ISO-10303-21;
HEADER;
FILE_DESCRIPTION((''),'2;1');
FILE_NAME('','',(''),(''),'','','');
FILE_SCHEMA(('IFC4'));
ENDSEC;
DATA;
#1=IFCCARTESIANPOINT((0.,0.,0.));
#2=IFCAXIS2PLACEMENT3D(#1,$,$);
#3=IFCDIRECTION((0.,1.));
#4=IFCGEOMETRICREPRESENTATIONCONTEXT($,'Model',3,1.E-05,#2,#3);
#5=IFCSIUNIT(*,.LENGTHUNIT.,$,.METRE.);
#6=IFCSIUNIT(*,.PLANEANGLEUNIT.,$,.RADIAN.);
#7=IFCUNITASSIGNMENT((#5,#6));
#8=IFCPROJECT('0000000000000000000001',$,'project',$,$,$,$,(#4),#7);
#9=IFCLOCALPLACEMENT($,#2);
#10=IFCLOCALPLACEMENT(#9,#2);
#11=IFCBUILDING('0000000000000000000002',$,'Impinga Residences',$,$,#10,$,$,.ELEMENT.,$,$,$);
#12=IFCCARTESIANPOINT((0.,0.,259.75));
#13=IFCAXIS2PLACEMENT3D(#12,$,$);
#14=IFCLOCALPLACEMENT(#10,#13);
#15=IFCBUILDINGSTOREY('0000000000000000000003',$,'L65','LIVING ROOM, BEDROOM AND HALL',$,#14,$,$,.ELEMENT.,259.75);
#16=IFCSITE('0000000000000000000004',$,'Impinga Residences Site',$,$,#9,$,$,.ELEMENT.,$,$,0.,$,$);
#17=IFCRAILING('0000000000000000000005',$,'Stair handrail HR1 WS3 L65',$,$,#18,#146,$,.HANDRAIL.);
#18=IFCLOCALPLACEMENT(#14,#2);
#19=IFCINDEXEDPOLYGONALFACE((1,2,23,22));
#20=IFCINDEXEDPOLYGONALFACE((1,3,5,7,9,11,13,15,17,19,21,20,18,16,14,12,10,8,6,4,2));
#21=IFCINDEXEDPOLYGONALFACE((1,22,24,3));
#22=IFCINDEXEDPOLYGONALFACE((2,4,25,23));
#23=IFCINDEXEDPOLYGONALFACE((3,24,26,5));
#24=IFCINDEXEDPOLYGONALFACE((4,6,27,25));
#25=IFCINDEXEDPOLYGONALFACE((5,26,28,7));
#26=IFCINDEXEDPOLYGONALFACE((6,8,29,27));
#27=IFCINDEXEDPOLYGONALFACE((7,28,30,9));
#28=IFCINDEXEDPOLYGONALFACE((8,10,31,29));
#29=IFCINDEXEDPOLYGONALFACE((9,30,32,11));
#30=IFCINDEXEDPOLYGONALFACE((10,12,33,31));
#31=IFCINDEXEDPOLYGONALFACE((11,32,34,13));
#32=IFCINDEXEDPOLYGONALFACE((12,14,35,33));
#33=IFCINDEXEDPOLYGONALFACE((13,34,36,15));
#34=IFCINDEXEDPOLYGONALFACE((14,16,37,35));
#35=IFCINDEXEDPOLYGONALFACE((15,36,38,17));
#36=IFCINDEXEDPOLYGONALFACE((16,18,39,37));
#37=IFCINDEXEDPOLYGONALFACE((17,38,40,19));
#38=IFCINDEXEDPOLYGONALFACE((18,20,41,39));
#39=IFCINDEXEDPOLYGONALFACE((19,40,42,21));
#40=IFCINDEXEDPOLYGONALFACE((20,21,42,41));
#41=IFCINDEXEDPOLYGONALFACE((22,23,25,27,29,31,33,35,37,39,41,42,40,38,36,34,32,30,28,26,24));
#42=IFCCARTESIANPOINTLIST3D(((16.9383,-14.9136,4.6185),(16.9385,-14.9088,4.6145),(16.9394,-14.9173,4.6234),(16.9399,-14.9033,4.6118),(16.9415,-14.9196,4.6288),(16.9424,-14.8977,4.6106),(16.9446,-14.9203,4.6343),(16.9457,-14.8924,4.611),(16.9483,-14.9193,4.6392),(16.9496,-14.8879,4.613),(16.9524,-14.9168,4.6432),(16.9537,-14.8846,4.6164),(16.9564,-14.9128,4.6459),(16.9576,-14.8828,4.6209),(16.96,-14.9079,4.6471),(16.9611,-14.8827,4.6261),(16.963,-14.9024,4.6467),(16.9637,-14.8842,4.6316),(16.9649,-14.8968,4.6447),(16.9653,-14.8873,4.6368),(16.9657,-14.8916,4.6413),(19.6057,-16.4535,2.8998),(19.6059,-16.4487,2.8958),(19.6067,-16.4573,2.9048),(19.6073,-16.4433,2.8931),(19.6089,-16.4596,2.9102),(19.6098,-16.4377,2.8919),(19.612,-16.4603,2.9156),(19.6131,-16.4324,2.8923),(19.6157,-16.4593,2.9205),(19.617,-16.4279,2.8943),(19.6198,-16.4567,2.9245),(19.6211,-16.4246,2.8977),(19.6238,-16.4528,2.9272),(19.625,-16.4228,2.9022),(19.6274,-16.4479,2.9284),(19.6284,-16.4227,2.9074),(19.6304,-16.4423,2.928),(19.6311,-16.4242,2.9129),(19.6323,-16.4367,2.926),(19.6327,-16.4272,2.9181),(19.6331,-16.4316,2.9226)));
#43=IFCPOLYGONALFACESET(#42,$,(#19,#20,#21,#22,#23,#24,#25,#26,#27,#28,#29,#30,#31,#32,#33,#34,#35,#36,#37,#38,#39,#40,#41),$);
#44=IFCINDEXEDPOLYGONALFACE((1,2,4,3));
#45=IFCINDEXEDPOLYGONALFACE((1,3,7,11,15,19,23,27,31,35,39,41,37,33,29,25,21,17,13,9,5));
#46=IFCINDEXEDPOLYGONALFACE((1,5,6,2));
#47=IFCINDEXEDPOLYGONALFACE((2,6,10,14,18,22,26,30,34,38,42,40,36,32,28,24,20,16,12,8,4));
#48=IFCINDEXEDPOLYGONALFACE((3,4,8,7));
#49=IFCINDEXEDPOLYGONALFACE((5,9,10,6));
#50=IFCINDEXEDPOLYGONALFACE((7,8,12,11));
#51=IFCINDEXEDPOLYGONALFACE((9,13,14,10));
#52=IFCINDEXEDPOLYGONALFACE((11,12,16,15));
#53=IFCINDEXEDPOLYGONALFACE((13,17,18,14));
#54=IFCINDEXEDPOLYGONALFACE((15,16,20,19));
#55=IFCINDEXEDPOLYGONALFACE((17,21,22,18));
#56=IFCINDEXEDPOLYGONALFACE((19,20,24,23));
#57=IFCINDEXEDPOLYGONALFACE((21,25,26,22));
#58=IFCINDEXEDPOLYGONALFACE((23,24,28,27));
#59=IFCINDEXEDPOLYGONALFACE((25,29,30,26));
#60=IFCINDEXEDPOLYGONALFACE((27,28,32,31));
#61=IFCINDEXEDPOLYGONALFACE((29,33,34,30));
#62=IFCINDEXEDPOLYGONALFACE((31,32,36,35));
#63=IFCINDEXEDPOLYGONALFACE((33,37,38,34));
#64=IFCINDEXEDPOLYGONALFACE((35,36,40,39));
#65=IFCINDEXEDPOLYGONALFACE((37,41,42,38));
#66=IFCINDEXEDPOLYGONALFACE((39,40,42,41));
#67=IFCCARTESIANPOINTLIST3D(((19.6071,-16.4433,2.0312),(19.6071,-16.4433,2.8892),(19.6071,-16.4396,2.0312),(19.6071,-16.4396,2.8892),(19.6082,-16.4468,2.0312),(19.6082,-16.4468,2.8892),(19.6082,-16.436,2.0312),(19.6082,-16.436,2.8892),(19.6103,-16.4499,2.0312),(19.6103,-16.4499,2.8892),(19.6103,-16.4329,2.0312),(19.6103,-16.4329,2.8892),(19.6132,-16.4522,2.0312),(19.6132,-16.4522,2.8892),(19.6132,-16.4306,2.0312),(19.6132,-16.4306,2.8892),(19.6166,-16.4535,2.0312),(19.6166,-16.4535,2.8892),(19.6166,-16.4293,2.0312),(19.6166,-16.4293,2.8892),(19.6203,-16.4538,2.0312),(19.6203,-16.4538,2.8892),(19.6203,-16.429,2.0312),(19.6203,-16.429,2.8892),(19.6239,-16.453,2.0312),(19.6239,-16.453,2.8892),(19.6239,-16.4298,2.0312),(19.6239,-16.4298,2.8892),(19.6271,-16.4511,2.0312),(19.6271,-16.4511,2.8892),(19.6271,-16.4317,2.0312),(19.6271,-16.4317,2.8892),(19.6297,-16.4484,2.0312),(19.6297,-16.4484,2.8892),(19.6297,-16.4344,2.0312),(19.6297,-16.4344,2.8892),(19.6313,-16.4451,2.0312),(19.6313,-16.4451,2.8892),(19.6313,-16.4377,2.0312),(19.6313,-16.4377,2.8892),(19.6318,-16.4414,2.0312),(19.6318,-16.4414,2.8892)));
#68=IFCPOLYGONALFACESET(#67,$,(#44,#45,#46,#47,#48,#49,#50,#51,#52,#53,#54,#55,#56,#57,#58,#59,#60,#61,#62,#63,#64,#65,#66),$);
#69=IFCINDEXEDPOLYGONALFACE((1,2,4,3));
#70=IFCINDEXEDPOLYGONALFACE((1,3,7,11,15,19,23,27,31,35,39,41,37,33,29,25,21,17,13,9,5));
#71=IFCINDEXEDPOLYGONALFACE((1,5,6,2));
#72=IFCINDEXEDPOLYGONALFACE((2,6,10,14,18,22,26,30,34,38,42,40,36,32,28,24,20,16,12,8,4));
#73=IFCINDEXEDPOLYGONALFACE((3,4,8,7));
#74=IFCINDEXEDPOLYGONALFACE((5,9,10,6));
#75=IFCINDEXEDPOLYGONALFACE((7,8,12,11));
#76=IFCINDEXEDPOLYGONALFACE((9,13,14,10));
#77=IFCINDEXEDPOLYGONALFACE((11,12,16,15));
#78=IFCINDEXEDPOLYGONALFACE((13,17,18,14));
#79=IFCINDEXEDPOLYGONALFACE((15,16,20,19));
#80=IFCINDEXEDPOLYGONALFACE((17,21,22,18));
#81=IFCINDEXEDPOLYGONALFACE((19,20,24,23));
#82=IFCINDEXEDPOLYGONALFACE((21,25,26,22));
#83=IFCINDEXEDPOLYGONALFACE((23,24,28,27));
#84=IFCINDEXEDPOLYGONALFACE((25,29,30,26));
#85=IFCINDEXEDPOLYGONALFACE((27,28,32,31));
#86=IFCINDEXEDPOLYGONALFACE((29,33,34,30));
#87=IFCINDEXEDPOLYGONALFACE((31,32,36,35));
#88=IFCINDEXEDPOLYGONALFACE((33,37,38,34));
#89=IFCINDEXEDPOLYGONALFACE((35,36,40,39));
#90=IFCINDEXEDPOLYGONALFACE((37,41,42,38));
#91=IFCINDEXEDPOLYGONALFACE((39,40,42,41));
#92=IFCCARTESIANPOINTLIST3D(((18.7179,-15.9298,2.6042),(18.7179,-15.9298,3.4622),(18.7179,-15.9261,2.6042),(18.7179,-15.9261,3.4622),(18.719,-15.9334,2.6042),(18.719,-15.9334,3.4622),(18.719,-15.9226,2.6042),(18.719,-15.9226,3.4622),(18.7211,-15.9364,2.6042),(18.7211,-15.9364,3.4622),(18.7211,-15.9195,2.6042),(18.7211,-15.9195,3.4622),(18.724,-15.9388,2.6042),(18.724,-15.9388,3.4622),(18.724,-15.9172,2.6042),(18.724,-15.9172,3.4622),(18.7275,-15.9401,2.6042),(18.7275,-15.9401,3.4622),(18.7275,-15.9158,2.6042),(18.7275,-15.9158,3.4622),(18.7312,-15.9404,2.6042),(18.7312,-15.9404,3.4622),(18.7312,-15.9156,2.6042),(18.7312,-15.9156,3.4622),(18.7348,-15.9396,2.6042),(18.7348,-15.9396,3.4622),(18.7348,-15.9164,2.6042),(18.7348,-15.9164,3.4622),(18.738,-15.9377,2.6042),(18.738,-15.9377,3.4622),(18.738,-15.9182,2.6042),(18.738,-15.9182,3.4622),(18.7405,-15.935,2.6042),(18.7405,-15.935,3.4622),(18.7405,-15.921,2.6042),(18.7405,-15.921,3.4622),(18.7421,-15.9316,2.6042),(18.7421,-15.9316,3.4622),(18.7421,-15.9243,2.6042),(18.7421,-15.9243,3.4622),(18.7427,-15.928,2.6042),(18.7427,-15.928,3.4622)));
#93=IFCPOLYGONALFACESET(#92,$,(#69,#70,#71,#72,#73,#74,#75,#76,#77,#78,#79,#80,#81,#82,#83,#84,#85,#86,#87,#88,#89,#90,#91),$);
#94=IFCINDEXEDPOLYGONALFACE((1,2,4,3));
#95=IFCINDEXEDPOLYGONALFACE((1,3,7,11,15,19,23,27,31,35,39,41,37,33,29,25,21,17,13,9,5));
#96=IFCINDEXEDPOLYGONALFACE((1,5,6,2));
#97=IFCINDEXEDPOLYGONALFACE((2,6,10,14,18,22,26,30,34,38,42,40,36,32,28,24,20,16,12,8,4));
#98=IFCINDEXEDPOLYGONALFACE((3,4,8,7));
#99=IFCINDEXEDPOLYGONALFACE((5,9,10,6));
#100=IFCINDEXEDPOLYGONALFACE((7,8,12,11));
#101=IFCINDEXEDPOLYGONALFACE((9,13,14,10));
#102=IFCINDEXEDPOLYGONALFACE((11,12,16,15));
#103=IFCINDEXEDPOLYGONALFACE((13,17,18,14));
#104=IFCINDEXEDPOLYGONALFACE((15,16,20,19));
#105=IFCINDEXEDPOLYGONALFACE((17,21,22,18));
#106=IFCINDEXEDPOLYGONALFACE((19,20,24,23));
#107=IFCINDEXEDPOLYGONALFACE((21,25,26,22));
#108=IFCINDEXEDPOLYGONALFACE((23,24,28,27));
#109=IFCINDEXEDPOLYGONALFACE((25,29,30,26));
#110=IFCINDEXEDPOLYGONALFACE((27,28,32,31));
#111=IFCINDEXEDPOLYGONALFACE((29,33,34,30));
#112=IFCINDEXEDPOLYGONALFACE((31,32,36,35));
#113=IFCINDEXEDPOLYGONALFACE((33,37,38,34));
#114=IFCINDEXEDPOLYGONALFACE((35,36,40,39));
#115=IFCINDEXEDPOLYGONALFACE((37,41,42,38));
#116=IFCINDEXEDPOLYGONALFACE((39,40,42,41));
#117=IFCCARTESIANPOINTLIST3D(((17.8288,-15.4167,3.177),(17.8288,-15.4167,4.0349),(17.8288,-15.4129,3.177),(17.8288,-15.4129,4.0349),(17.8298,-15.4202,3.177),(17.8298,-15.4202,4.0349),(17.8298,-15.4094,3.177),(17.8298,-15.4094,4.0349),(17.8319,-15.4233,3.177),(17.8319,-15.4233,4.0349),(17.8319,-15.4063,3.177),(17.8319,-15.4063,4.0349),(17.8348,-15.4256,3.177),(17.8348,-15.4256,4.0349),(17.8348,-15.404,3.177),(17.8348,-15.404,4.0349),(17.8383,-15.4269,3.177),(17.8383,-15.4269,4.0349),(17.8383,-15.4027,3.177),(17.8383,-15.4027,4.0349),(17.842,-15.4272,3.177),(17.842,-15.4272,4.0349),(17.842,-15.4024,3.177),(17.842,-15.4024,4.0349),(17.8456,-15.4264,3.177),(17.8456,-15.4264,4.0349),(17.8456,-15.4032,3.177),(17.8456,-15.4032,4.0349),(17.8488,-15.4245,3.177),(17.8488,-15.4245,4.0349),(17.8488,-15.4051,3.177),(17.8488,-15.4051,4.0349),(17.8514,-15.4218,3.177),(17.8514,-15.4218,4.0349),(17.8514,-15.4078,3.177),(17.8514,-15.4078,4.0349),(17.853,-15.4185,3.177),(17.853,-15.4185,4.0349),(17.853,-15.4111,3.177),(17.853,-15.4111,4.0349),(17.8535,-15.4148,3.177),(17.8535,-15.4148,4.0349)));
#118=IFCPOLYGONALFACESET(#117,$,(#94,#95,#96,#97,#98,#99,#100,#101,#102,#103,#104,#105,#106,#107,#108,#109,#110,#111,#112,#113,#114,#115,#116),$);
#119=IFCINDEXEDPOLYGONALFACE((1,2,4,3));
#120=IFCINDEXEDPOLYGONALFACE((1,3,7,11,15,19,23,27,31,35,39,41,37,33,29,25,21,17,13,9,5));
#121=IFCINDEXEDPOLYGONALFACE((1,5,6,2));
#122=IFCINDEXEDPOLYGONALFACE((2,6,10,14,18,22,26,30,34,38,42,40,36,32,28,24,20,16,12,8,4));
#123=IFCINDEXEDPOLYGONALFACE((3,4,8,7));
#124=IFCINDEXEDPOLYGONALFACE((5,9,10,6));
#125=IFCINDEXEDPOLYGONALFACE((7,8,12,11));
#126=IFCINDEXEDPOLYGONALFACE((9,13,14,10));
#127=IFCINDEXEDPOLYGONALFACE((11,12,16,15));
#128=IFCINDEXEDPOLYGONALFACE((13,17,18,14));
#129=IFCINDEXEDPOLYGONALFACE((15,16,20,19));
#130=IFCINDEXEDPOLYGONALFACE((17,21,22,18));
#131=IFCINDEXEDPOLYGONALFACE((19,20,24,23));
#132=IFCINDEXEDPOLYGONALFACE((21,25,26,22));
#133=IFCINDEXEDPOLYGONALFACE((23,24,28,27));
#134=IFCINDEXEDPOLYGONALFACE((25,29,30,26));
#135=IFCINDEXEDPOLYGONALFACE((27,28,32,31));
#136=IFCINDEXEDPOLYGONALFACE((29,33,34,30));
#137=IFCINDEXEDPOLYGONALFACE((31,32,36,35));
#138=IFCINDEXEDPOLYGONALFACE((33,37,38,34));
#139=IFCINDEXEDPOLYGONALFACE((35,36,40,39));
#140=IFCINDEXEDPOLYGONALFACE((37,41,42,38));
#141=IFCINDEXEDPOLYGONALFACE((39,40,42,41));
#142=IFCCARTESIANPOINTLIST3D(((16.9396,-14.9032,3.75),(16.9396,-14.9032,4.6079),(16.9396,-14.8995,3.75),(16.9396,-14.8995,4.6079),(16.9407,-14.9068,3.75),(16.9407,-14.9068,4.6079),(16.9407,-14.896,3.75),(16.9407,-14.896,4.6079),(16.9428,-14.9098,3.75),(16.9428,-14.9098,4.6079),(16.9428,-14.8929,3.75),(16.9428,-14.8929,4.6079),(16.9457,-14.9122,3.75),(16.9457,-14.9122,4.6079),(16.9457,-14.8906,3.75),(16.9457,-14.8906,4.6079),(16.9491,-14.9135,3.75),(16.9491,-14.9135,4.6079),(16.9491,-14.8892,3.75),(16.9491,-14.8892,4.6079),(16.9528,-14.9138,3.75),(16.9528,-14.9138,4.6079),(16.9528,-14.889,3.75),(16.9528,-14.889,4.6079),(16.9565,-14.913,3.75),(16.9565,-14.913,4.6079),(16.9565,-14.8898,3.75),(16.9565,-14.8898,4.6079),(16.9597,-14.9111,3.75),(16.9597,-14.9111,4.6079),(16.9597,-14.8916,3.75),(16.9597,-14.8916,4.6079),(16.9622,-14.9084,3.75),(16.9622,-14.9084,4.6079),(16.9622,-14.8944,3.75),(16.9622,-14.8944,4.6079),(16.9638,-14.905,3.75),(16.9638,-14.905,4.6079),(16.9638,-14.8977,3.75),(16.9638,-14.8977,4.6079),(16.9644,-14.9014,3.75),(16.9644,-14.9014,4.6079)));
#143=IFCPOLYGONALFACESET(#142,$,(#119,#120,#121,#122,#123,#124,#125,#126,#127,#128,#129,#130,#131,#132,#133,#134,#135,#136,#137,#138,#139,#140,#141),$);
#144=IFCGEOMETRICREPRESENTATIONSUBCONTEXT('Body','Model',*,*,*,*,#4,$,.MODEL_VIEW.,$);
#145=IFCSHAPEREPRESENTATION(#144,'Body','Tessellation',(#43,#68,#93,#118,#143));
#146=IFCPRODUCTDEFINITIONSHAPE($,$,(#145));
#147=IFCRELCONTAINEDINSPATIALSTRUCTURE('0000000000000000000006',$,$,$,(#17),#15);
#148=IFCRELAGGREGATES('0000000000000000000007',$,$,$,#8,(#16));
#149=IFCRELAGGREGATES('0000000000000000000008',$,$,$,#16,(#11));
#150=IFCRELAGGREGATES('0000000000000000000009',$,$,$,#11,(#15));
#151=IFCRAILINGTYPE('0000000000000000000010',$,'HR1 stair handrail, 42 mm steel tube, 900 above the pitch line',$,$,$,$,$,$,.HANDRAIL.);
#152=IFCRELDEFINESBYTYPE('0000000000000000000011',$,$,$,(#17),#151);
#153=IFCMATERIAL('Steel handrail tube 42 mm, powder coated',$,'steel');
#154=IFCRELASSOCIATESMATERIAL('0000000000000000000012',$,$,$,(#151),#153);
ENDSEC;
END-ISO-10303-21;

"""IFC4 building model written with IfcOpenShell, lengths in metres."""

from ifc_helpers import new_model, si_unit, direction, frame, origin, origin_2d, place, context, subcontext, project, spatial, circle, extrude, material, type_object, element, save


model = new_model("IFC4")

# Units and contexts
model_context = context("Model", 3, precision=1e-05, world=origin(), true_north=direction((0.0, 1.0)))
body_context = subcontext(model_context, "Body", "Model", "MODEL_VIEW")
ifc_project = project(units=[si_unit("LENGTHUNIT", "METRE"), si_unit("PLANEANGLEUNIT", "RADIAN")], contexts=[model_context])

# Site, building, storey
site_placement = place(None, origin())
site = spatial("IfcSite", under=ifc_project, at=site_placement, Name="Impinga Residences Site", CompositionType="ELEMENT", RefElevation=0.0)
building_placement = place(site_placement, origin())
building = spatial("IfcBuilding", under=site, at=building_placement, Name="Impinga Residences", CompositionType="ELEMENT")
storey_placement = place(building_placement, frame((0.0, 0.0, 259.75)))
storey = spatial("IfcBuildingStorey", under=building, at=storey_placement, Name="L65", Description="LIVING ROOM, BEDROOM AND HALL", CompositionType="ELEMENT", Elevation=259.75)

# Railing
ifc_material_1 = material(Name="Steel handrail tube 42 mm, powder coated", Category="steel")
railing_type_1 = type_object("IfcRailingType", Name="HR1 stair handrail, 42 mm steel tube, 900 above the pitch line", PredefinedType="HANDRAIL", material=ifc_material_1)
railing_1_placement = place(storey_placement, frame((19.6194, -16.4414, 2.0312)))
element("IfcRailing", 1, at=railing_1_placement, inside=storey, type_object=railing_type_1, Name="Stair handrail HR1 WS3 L65", PredefinedType="HANDRAIL", context=body_context, shape_type="SweptSolid", body=[
    extrude(circle(Radius=0.021, at=origin_2d()), frame((0.0, 0.0, 0.8789), z_axis=(-0.756256, 0.436616, 0.487282), x_axis=(-0.499992, -0.86603, 0.0)), (0.0, 0.0, 1.0), 3.5271),
    extrude(circle(Radius=0.0125, at=origin_2d()), origin(), (0.0, 0.0, 1.0), 0.8579),
    extrude(circle(Radius=0.0125, at=origin_2d()), frame((-0.8892, 0.5134, 0.573)), (0.0, 0.0, 1.0), 0.8579),
    extrude(circle(Radius=0.0125, at=origin_2d()), frame((-1.7783, 1.0266, 1.1458)), (0.0, 0.0, 1.0), 0.8579),
    extrude(circle(Radius=0.0125, at=origin_2d()), frame((-2.6675, 1.54, 1.7188)), (0.0, 0.0, 1.0), 0.8579),
])

save(model, "model.ifc")
